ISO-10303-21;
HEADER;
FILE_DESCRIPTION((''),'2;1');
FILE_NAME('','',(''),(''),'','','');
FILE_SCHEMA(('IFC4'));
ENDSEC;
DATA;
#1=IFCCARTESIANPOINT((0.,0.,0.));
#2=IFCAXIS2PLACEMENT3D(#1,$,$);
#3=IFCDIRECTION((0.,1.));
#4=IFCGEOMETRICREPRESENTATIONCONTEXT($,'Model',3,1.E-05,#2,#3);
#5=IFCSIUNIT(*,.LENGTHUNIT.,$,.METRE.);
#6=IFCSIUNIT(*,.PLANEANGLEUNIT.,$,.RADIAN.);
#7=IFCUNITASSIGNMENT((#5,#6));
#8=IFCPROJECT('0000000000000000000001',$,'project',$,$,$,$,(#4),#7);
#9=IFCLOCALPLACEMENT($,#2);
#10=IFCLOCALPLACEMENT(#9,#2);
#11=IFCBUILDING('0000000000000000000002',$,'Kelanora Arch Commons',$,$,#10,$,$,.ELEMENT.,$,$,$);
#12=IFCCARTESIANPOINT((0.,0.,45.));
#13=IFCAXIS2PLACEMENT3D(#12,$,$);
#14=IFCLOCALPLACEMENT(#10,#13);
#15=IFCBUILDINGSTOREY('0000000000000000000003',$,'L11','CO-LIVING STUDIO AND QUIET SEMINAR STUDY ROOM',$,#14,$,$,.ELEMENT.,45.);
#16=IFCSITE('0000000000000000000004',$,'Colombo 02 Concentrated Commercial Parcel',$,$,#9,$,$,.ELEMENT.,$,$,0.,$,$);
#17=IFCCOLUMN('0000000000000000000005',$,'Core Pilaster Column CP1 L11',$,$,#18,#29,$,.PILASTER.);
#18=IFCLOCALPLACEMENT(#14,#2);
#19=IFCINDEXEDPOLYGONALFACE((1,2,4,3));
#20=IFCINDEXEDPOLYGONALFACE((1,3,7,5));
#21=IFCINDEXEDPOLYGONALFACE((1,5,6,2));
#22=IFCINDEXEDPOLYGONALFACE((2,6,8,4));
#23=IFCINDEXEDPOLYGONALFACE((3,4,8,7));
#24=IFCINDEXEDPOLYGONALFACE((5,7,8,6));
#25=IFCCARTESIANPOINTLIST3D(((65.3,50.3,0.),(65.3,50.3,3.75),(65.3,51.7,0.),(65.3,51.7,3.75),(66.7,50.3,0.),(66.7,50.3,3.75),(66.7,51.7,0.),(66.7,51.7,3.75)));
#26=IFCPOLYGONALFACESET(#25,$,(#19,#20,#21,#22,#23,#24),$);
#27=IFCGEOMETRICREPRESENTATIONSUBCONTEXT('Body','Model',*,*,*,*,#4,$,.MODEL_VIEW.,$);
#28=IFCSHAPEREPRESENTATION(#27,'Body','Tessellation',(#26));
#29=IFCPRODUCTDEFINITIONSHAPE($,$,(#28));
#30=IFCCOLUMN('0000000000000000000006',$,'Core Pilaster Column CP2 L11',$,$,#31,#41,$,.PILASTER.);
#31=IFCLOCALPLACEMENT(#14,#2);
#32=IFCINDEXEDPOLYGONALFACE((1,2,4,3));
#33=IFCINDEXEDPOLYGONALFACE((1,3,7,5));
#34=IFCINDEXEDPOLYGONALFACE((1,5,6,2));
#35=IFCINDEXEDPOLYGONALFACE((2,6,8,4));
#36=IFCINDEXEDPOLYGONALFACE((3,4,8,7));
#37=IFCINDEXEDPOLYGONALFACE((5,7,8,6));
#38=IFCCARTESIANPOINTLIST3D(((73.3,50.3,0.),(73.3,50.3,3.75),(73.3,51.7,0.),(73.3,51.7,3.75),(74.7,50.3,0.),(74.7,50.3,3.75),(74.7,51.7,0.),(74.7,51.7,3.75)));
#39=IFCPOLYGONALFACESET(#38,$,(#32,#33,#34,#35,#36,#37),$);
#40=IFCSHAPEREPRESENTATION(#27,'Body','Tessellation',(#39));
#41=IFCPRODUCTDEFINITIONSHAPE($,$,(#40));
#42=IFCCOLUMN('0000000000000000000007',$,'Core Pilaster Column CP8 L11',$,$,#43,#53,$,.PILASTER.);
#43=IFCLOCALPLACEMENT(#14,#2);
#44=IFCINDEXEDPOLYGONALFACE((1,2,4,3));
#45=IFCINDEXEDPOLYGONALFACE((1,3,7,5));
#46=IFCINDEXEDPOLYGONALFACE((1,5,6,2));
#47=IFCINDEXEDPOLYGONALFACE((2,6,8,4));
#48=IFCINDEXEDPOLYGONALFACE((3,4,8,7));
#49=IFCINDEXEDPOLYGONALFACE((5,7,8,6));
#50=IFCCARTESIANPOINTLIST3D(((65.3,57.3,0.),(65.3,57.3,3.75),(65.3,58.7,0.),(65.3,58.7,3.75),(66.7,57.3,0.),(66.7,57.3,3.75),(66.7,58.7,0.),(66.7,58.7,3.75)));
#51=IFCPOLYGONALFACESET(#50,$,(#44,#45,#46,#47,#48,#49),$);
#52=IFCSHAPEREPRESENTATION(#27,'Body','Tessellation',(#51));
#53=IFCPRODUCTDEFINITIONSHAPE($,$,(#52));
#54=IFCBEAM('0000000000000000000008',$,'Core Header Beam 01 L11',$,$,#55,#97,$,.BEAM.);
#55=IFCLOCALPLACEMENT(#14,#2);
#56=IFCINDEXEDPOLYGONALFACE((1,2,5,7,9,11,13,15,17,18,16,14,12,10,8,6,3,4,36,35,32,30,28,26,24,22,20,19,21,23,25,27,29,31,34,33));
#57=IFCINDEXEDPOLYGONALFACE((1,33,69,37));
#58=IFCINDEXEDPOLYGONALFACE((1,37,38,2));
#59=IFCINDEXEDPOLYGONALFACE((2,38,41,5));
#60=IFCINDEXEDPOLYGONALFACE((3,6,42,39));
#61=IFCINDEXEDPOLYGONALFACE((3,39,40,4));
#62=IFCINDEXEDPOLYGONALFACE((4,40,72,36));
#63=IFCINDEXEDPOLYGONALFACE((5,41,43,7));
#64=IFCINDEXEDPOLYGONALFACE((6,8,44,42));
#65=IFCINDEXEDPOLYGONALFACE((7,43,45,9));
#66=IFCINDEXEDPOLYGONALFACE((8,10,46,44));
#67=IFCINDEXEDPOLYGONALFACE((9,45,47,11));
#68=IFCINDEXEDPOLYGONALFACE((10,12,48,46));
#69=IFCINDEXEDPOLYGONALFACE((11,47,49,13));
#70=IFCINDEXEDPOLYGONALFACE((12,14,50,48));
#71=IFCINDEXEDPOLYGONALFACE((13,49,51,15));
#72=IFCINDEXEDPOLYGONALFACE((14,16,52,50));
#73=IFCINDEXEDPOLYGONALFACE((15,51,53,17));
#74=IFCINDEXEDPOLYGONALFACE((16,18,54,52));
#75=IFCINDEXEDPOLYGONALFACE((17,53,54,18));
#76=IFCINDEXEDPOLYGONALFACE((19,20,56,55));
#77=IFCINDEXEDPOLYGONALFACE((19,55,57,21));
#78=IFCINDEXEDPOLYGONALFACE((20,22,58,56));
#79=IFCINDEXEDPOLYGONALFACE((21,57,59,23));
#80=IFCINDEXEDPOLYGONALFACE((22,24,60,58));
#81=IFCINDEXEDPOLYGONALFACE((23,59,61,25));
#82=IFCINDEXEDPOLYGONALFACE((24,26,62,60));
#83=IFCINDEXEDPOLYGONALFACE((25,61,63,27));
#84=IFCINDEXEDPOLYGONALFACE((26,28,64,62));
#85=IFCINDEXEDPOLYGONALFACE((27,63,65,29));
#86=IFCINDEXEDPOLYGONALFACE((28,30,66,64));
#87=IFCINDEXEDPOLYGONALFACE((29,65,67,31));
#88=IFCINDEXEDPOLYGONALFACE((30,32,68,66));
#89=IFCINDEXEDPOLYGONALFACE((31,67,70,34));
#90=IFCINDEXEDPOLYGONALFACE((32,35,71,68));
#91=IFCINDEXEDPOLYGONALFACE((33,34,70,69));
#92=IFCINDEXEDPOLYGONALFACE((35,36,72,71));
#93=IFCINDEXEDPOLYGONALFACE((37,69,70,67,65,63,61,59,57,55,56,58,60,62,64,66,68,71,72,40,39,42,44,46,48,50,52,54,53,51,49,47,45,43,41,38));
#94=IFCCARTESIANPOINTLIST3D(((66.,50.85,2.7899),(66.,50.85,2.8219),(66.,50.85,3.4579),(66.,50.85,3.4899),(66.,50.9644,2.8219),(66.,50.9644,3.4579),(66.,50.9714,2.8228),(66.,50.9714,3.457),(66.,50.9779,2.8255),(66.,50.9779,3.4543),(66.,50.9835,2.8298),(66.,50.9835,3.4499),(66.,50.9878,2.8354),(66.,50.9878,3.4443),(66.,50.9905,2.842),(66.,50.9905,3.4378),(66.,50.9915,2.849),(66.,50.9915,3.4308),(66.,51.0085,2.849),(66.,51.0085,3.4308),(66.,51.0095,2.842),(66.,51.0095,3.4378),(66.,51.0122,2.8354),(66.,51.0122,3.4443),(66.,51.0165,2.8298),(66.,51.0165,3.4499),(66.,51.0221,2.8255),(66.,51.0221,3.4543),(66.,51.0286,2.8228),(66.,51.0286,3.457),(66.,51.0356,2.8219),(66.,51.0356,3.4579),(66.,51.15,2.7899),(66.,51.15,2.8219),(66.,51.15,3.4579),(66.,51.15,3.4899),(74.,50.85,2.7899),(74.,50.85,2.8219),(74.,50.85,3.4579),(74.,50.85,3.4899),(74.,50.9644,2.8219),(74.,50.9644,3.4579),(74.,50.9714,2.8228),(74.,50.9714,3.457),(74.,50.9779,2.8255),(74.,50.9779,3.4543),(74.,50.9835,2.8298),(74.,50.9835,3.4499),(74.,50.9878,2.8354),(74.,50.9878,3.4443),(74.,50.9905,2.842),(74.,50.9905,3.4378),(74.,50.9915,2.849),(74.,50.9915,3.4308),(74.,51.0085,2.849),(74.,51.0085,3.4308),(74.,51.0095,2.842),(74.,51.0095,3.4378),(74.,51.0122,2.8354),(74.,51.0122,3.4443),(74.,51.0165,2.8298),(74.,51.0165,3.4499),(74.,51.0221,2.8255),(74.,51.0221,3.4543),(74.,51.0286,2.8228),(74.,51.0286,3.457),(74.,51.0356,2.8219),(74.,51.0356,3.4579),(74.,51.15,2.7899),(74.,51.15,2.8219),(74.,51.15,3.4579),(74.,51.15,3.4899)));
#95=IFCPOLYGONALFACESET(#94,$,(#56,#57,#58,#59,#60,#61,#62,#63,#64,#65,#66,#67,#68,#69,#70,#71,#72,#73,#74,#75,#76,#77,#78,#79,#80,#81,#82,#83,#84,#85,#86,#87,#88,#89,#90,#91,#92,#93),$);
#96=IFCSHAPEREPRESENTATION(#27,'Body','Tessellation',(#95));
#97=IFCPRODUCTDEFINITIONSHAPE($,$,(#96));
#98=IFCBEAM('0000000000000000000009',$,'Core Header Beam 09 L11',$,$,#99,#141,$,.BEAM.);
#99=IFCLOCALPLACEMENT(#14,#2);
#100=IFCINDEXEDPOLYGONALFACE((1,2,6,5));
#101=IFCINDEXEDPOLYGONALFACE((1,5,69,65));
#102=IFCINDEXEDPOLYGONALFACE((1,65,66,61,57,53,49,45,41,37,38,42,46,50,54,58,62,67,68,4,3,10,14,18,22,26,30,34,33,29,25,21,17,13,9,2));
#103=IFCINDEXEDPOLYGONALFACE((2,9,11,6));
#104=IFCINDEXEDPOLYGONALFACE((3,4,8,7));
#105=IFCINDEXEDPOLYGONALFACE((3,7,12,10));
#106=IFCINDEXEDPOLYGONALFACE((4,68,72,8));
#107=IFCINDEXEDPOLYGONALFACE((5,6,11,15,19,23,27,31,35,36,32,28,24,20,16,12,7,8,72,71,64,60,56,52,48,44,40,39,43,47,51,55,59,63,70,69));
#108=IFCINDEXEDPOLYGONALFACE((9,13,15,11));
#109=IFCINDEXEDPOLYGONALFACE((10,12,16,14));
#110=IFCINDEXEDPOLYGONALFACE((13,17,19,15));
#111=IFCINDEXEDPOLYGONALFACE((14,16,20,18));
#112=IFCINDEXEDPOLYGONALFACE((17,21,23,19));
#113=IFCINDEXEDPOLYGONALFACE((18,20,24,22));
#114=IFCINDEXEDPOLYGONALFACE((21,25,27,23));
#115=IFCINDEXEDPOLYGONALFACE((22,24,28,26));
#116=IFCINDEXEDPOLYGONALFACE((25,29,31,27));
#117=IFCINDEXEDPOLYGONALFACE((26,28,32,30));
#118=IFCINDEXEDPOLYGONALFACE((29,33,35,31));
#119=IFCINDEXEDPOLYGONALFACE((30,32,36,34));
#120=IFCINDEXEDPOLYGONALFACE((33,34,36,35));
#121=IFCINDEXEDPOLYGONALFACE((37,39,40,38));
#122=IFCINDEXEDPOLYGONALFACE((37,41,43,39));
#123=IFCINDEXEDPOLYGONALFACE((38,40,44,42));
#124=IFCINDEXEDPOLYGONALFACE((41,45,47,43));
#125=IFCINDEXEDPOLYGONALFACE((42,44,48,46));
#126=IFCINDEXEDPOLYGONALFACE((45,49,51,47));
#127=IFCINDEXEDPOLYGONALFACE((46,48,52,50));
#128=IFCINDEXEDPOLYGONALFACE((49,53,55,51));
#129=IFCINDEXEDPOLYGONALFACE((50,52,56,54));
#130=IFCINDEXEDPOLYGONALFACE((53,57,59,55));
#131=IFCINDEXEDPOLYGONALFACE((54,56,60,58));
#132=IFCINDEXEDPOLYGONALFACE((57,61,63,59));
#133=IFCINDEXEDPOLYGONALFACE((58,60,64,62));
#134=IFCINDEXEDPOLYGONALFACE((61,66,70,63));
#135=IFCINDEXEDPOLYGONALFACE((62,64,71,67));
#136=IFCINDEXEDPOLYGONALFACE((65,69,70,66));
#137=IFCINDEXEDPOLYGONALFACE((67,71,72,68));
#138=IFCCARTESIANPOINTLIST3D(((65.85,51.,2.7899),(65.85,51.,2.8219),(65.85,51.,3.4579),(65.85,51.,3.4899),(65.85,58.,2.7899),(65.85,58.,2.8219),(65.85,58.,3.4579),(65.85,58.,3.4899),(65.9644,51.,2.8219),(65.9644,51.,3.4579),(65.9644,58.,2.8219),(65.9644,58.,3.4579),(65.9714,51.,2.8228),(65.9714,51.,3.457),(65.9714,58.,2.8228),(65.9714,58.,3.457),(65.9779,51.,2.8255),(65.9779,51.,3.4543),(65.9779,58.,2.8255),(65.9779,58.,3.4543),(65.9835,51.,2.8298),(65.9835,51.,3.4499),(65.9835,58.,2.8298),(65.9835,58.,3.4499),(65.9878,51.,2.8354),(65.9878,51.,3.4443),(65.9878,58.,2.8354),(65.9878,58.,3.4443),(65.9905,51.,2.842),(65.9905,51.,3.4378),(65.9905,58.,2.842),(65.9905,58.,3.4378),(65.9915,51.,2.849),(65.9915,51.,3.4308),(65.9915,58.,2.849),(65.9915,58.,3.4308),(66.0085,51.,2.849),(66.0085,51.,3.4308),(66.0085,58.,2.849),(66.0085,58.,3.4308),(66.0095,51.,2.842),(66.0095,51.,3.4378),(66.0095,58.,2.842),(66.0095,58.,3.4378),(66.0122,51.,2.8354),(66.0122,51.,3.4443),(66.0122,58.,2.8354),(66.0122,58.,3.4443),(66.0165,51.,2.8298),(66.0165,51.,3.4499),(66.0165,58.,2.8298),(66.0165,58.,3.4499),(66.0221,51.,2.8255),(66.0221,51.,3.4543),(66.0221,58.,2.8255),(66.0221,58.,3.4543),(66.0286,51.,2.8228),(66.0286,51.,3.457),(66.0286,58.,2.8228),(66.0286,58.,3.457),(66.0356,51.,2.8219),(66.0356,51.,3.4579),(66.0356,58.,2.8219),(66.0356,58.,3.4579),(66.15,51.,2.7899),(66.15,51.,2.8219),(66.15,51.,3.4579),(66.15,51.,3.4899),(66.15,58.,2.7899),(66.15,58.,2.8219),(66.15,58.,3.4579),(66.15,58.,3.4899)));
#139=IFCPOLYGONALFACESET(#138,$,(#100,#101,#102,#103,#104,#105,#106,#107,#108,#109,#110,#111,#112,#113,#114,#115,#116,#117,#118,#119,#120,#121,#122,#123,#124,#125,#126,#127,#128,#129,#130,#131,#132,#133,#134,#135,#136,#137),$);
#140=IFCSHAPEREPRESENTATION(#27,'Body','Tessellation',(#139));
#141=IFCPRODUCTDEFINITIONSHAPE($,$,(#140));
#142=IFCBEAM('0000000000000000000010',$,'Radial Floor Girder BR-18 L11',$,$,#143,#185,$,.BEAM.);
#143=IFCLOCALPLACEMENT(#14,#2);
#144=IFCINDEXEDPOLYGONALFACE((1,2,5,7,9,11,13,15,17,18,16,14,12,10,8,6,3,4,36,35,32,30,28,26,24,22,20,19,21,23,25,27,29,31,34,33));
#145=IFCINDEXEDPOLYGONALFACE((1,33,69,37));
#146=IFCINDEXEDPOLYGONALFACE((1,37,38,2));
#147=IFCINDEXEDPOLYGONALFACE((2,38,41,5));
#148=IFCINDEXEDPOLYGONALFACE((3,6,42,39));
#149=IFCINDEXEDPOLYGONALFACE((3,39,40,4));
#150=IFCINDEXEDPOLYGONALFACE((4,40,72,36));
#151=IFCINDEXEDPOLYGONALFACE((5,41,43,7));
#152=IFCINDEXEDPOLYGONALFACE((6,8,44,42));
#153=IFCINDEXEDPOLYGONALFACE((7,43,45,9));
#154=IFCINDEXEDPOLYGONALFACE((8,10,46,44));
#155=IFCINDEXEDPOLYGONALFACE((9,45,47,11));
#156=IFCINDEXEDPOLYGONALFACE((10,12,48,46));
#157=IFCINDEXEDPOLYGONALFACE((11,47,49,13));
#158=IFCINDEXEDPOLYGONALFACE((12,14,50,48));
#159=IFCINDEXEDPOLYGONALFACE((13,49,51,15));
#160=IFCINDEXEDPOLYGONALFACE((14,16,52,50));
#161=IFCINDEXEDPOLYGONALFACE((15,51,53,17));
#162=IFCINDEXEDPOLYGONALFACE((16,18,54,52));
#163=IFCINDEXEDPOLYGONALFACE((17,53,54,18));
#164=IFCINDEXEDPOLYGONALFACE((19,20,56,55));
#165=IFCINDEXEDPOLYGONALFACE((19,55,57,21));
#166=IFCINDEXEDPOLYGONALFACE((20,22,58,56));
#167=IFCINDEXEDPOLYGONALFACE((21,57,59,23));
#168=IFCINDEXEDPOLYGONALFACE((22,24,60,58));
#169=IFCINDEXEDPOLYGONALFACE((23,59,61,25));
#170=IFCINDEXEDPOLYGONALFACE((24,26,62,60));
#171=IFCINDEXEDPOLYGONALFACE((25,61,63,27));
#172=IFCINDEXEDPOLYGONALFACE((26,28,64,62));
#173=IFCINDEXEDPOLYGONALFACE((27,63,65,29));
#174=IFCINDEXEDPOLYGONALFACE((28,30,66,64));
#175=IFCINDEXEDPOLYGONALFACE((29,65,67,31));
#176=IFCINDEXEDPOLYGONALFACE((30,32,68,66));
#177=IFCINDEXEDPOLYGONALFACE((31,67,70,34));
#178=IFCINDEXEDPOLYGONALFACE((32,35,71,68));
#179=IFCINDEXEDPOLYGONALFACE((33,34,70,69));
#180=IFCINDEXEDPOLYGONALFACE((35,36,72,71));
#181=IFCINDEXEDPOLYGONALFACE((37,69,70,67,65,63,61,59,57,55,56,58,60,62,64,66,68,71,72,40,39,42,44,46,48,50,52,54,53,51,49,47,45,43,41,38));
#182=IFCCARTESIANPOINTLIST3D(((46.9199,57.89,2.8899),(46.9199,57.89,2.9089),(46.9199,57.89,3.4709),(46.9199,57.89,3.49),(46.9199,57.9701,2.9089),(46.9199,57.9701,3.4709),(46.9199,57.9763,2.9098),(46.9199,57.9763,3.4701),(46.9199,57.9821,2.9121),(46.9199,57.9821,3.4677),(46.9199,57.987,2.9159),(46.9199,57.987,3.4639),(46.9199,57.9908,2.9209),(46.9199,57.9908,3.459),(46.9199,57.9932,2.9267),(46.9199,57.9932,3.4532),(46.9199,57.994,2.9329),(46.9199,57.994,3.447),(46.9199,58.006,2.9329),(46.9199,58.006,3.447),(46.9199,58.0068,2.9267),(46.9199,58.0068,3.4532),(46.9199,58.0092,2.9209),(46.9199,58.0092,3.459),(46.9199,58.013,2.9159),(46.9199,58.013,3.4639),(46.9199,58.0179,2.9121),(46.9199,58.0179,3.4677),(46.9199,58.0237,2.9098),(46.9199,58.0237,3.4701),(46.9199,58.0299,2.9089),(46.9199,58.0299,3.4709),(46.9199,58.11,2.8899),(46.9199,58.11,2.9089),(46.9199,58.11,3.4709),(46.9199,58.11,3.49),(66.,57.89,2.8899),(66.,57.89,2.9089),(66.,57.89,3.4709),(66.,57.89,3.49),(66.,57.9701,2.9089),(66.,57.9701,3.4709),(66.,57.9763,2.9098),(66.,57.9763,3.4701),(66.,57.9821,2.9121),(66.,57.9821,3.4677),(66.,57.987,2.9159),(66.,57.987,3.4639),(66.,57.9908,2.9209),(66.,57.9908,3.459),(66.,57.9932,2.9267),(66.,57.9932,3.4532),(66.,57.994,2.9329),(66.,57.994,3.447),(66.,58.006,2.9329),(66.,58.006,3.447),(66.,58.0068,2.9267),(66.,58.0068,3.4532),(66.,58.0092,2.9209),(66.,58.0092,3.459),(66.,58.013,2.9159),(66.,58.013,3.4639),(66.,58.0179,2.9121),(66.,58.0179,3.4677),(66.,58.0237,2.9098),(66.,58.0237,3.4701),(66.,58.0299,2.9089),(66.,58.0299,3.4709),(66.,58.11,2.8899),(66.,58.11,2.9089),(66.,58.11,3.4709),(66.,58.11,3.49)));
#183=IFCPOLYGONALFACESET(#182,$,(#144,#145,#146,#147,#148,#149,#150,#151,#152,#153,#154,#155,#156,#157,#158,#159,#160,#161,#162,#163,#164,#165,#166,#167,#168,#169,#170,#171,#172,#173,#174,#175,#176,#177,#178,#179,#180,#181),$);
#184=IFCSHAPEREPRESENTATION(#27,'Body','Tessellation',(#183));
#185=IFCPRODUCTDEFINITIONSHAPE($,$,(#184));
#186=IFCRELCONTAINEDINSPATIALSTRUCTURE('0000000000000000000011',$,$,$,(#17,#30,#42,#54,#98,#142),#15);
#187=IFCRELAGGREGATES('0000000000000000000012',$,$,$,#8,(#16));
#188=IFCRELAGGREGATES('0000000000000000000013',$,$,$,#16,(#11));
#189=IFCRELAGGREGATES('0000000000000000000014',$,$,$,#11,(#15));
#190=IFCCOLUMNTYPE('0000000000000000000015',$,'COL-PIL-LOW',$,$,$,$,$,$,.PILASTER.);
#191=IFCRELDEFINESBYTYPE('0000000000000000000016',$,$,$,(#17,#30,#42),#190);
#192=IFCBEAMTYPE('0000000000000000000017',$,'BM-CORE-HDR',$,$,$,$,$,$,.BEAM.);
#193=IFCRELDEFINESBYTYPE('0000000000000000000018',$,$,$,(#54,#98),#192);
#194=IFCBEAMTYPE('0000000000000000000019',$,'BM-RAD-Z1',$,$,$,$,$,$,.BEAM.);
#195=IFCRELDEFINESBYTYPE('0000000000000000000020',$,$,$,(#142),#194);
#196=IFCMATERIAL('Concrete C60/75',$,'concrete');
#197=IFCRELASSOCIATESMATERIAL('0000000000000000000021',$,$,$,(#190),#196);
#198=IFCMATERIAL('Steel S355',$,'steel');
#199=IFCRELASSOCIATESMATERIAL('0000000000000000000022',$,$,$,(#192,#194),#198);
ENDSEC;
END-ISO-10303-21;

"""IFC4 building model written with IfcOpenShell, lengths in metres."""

from ifc_helpers import new_model, si_unit, direction, frame, origin, origin_2d, place, context, subcontext, project, spatial, rectangle, i_section, extrude, material, material_profile, profile_set, type_object, element, save


model = new_model("IFC4")

# Units and contexts
model_context = context("Model", 3, precision=1e-05, world=origin(), true_north=direction((0.0, 1.0)))
body_context = subcontext(model_context, "Body", "Model", "MODEL_VIEW")
ifc_project = project(units=[si_unit("LENGTHUNIT", "METRE"), si_unit("PLANEANGLEUNIT", "RADIAN")], contexts=[model_context])

# Site, building, storey
site_placement = place(None, origin())
site = spatial("IfcSite", under=ifc_project, at=site_placement, Name="Colombo 02 Concentrated Commercial Parcel", CompositionType="ELEMENT", RefElevation=0.0)
building_placement = place(site_placement, origin())
building = spatial("IfcBuilding", under=site, at=building_placement, Name="Kelanora Arch Commons", CompositionType="ELEMENT")
storey_placement = place(building_placement, frame((0.0, 0.0, 45.0)))
storey = spatial("IfcBuildingStorey", under=building, at=storey_placement, Name="L11", Description="CO-LIVING STUDIO AND QUIET SEMINAR STUDY ROOM", CompositionType="ELEMENT", Elevation=45.0)

# Columns
ifc_material_1 = material(Name="Concrete C60/75", Category="concrete")
ifc_material_profile_1 = material_profile(ifc_material_1, rectangle(XDim=1.3999, YDim=1.3999, at=origin_2d()), Name="RC1400x1400")
ifc_profile_set_1 = profile_set([ifc_material_profile_1], Name="Concrete C60/75")
column_type = type_object("IfcColumnType", Name="COL-PIL-LOW", PredefinedType="PILASTER", material=ifc_profile_set_1)
for number, where, z_axis, x_axis, name in (
    (1, (66.0, 51.0, 0.0), (0.0, 0.0, 1.0), (1.0, 0.0, 0.0), "Core Pilaster Column CP1 L11"),
    (2, (74.0, 51.0, 0.0), (0.0, 0.0, 1.0), (1.0, 0.0, 0.0), "Core Pilaster Column CP2 L11"),
    (3, (66.0, 58.0, 0.0), (0.0, 0.0, 1.0), (1.0, 0.0, 0.0), "Core Pilaster Column CP8 L11"),
):
    element("IfcColumn", number, at=place(storey_placement, frame(where, z_axis=z_axis, x_axis=x_axis)), inside=storey, type_object=column_type, Name=name, PredefinedType="PILASTER", context=body_context, shape_type="SweptSolid", body=[
        extrude(rectangle(XDim=1.3999, YDim=1.3999, at=origin_2d()), origin(), (0.0, 0.0, 1.0), 3.75),
    ])

# Beams
ifc_material_2 = material(Name="Steel S355", Category="steel")
ifc_material_profile_2 = material_profile(ifc_material_2, i_section(OverallWidth=0.3, OverallDepth=0.7, WebThickness=0.0171, FlangeThickness=0.032, FilletRadius=0.0271, at=origin_2d()), Name="HEB700")
ifc_profile_set_2 = profile_set([ifc_material_profile_2], Name="Steel S355")
beam_type_1 = type_object("IfcBeamType", Name="BM-CORE-HDR", PredefinedType="BEAM", material=ifc_profile_set_2)
beam_1_placement = place(storey_placement, frame((66.0, 51.0, 3.1399), z_axis=(1.0, 0.0, 0.0), x_axis=(0.0, 1.0, 0.0)))
element("IfcBeam", 4, at=beam_1_placement, inside=storey, type_object=beam_type_1, Name="Core Header Beam 01 L11", PredefinedType="BEAM", context=body_context, shape_type="SweptSolid", body=[
    extrude(i_section(OverallWidth=0.3, OverallDepth=0.7, WebThickness=0.0171, FlangeThickness=0.032, FilletRadius=0.0271, at=origin_2d()), origin(), (0.0, 0.0, 1.0), 8.0),
])
beam_2_placement = place(storey_placement, frame((66.0, 58.0, 3.1399), z_axis=(0.0, -1.0, 0.0), x_axis=(1.0, 0.0, 0.0)))
element("IfcBeam", 5, at=beam_2_placement, inside=storey, type_object=beam_type_1, Name="Core Header Beam 09 L11", PredefinedType="BEAM", context=body_context, shape_type="SweptSolid", body=[
    extrude(i_section(OverallWidth=0.3, OverallDepth=0.7, WebThickness=0.0171, FlangeThickness=0.032, FilletRadius=0.0271, at=origin_2d()), origin(), (0.0, 0.0, 1.0), 7.0),
])
ifc_material_profile_3 = material_profile(ifc_material_2, i_section(OverallWidth=0.22, OverallDepth=0.6001, WebThickness=0.012, FlangeThickness=0.019, FilletRadius=0.0239, at=origin_2d()), Name="IPE600")
ifc_profile_set_3 = profile_set([ifc_material_profile_3], Name="Steel S355")
beam_type_2 = type_object("IfcBeamType", Name="BM-RAD-Z1", PredefinedType="BEAM", material=ifc_profile_set_3)
beam_3_placement = place(storey_placement, frame((66.0, 58.0, 3.1899), z_axis=(-1.0, 0.0, 0.0), x_axis=(0.0, -1.0, 0.0)))
element("IfcBeam", 6, at=beam_3_placement, inside=storey, type_object=beam_type_2, Name="Radial Floor Girder BR-18 L11", PredefinedType="BEAM", context=body_context, shape_type="SweptSolid", body=[
    extrude(i_section(OverallWidth=0.22, OverallDepth=0.6001, WebThickness=0.012, FlangeThickness=0.019, FilletRadius=0.0239, at=origin_2d()), origin(), (0.0, 0.0, 1.0), 19.0801),
])

save(model, "model.ifc")
